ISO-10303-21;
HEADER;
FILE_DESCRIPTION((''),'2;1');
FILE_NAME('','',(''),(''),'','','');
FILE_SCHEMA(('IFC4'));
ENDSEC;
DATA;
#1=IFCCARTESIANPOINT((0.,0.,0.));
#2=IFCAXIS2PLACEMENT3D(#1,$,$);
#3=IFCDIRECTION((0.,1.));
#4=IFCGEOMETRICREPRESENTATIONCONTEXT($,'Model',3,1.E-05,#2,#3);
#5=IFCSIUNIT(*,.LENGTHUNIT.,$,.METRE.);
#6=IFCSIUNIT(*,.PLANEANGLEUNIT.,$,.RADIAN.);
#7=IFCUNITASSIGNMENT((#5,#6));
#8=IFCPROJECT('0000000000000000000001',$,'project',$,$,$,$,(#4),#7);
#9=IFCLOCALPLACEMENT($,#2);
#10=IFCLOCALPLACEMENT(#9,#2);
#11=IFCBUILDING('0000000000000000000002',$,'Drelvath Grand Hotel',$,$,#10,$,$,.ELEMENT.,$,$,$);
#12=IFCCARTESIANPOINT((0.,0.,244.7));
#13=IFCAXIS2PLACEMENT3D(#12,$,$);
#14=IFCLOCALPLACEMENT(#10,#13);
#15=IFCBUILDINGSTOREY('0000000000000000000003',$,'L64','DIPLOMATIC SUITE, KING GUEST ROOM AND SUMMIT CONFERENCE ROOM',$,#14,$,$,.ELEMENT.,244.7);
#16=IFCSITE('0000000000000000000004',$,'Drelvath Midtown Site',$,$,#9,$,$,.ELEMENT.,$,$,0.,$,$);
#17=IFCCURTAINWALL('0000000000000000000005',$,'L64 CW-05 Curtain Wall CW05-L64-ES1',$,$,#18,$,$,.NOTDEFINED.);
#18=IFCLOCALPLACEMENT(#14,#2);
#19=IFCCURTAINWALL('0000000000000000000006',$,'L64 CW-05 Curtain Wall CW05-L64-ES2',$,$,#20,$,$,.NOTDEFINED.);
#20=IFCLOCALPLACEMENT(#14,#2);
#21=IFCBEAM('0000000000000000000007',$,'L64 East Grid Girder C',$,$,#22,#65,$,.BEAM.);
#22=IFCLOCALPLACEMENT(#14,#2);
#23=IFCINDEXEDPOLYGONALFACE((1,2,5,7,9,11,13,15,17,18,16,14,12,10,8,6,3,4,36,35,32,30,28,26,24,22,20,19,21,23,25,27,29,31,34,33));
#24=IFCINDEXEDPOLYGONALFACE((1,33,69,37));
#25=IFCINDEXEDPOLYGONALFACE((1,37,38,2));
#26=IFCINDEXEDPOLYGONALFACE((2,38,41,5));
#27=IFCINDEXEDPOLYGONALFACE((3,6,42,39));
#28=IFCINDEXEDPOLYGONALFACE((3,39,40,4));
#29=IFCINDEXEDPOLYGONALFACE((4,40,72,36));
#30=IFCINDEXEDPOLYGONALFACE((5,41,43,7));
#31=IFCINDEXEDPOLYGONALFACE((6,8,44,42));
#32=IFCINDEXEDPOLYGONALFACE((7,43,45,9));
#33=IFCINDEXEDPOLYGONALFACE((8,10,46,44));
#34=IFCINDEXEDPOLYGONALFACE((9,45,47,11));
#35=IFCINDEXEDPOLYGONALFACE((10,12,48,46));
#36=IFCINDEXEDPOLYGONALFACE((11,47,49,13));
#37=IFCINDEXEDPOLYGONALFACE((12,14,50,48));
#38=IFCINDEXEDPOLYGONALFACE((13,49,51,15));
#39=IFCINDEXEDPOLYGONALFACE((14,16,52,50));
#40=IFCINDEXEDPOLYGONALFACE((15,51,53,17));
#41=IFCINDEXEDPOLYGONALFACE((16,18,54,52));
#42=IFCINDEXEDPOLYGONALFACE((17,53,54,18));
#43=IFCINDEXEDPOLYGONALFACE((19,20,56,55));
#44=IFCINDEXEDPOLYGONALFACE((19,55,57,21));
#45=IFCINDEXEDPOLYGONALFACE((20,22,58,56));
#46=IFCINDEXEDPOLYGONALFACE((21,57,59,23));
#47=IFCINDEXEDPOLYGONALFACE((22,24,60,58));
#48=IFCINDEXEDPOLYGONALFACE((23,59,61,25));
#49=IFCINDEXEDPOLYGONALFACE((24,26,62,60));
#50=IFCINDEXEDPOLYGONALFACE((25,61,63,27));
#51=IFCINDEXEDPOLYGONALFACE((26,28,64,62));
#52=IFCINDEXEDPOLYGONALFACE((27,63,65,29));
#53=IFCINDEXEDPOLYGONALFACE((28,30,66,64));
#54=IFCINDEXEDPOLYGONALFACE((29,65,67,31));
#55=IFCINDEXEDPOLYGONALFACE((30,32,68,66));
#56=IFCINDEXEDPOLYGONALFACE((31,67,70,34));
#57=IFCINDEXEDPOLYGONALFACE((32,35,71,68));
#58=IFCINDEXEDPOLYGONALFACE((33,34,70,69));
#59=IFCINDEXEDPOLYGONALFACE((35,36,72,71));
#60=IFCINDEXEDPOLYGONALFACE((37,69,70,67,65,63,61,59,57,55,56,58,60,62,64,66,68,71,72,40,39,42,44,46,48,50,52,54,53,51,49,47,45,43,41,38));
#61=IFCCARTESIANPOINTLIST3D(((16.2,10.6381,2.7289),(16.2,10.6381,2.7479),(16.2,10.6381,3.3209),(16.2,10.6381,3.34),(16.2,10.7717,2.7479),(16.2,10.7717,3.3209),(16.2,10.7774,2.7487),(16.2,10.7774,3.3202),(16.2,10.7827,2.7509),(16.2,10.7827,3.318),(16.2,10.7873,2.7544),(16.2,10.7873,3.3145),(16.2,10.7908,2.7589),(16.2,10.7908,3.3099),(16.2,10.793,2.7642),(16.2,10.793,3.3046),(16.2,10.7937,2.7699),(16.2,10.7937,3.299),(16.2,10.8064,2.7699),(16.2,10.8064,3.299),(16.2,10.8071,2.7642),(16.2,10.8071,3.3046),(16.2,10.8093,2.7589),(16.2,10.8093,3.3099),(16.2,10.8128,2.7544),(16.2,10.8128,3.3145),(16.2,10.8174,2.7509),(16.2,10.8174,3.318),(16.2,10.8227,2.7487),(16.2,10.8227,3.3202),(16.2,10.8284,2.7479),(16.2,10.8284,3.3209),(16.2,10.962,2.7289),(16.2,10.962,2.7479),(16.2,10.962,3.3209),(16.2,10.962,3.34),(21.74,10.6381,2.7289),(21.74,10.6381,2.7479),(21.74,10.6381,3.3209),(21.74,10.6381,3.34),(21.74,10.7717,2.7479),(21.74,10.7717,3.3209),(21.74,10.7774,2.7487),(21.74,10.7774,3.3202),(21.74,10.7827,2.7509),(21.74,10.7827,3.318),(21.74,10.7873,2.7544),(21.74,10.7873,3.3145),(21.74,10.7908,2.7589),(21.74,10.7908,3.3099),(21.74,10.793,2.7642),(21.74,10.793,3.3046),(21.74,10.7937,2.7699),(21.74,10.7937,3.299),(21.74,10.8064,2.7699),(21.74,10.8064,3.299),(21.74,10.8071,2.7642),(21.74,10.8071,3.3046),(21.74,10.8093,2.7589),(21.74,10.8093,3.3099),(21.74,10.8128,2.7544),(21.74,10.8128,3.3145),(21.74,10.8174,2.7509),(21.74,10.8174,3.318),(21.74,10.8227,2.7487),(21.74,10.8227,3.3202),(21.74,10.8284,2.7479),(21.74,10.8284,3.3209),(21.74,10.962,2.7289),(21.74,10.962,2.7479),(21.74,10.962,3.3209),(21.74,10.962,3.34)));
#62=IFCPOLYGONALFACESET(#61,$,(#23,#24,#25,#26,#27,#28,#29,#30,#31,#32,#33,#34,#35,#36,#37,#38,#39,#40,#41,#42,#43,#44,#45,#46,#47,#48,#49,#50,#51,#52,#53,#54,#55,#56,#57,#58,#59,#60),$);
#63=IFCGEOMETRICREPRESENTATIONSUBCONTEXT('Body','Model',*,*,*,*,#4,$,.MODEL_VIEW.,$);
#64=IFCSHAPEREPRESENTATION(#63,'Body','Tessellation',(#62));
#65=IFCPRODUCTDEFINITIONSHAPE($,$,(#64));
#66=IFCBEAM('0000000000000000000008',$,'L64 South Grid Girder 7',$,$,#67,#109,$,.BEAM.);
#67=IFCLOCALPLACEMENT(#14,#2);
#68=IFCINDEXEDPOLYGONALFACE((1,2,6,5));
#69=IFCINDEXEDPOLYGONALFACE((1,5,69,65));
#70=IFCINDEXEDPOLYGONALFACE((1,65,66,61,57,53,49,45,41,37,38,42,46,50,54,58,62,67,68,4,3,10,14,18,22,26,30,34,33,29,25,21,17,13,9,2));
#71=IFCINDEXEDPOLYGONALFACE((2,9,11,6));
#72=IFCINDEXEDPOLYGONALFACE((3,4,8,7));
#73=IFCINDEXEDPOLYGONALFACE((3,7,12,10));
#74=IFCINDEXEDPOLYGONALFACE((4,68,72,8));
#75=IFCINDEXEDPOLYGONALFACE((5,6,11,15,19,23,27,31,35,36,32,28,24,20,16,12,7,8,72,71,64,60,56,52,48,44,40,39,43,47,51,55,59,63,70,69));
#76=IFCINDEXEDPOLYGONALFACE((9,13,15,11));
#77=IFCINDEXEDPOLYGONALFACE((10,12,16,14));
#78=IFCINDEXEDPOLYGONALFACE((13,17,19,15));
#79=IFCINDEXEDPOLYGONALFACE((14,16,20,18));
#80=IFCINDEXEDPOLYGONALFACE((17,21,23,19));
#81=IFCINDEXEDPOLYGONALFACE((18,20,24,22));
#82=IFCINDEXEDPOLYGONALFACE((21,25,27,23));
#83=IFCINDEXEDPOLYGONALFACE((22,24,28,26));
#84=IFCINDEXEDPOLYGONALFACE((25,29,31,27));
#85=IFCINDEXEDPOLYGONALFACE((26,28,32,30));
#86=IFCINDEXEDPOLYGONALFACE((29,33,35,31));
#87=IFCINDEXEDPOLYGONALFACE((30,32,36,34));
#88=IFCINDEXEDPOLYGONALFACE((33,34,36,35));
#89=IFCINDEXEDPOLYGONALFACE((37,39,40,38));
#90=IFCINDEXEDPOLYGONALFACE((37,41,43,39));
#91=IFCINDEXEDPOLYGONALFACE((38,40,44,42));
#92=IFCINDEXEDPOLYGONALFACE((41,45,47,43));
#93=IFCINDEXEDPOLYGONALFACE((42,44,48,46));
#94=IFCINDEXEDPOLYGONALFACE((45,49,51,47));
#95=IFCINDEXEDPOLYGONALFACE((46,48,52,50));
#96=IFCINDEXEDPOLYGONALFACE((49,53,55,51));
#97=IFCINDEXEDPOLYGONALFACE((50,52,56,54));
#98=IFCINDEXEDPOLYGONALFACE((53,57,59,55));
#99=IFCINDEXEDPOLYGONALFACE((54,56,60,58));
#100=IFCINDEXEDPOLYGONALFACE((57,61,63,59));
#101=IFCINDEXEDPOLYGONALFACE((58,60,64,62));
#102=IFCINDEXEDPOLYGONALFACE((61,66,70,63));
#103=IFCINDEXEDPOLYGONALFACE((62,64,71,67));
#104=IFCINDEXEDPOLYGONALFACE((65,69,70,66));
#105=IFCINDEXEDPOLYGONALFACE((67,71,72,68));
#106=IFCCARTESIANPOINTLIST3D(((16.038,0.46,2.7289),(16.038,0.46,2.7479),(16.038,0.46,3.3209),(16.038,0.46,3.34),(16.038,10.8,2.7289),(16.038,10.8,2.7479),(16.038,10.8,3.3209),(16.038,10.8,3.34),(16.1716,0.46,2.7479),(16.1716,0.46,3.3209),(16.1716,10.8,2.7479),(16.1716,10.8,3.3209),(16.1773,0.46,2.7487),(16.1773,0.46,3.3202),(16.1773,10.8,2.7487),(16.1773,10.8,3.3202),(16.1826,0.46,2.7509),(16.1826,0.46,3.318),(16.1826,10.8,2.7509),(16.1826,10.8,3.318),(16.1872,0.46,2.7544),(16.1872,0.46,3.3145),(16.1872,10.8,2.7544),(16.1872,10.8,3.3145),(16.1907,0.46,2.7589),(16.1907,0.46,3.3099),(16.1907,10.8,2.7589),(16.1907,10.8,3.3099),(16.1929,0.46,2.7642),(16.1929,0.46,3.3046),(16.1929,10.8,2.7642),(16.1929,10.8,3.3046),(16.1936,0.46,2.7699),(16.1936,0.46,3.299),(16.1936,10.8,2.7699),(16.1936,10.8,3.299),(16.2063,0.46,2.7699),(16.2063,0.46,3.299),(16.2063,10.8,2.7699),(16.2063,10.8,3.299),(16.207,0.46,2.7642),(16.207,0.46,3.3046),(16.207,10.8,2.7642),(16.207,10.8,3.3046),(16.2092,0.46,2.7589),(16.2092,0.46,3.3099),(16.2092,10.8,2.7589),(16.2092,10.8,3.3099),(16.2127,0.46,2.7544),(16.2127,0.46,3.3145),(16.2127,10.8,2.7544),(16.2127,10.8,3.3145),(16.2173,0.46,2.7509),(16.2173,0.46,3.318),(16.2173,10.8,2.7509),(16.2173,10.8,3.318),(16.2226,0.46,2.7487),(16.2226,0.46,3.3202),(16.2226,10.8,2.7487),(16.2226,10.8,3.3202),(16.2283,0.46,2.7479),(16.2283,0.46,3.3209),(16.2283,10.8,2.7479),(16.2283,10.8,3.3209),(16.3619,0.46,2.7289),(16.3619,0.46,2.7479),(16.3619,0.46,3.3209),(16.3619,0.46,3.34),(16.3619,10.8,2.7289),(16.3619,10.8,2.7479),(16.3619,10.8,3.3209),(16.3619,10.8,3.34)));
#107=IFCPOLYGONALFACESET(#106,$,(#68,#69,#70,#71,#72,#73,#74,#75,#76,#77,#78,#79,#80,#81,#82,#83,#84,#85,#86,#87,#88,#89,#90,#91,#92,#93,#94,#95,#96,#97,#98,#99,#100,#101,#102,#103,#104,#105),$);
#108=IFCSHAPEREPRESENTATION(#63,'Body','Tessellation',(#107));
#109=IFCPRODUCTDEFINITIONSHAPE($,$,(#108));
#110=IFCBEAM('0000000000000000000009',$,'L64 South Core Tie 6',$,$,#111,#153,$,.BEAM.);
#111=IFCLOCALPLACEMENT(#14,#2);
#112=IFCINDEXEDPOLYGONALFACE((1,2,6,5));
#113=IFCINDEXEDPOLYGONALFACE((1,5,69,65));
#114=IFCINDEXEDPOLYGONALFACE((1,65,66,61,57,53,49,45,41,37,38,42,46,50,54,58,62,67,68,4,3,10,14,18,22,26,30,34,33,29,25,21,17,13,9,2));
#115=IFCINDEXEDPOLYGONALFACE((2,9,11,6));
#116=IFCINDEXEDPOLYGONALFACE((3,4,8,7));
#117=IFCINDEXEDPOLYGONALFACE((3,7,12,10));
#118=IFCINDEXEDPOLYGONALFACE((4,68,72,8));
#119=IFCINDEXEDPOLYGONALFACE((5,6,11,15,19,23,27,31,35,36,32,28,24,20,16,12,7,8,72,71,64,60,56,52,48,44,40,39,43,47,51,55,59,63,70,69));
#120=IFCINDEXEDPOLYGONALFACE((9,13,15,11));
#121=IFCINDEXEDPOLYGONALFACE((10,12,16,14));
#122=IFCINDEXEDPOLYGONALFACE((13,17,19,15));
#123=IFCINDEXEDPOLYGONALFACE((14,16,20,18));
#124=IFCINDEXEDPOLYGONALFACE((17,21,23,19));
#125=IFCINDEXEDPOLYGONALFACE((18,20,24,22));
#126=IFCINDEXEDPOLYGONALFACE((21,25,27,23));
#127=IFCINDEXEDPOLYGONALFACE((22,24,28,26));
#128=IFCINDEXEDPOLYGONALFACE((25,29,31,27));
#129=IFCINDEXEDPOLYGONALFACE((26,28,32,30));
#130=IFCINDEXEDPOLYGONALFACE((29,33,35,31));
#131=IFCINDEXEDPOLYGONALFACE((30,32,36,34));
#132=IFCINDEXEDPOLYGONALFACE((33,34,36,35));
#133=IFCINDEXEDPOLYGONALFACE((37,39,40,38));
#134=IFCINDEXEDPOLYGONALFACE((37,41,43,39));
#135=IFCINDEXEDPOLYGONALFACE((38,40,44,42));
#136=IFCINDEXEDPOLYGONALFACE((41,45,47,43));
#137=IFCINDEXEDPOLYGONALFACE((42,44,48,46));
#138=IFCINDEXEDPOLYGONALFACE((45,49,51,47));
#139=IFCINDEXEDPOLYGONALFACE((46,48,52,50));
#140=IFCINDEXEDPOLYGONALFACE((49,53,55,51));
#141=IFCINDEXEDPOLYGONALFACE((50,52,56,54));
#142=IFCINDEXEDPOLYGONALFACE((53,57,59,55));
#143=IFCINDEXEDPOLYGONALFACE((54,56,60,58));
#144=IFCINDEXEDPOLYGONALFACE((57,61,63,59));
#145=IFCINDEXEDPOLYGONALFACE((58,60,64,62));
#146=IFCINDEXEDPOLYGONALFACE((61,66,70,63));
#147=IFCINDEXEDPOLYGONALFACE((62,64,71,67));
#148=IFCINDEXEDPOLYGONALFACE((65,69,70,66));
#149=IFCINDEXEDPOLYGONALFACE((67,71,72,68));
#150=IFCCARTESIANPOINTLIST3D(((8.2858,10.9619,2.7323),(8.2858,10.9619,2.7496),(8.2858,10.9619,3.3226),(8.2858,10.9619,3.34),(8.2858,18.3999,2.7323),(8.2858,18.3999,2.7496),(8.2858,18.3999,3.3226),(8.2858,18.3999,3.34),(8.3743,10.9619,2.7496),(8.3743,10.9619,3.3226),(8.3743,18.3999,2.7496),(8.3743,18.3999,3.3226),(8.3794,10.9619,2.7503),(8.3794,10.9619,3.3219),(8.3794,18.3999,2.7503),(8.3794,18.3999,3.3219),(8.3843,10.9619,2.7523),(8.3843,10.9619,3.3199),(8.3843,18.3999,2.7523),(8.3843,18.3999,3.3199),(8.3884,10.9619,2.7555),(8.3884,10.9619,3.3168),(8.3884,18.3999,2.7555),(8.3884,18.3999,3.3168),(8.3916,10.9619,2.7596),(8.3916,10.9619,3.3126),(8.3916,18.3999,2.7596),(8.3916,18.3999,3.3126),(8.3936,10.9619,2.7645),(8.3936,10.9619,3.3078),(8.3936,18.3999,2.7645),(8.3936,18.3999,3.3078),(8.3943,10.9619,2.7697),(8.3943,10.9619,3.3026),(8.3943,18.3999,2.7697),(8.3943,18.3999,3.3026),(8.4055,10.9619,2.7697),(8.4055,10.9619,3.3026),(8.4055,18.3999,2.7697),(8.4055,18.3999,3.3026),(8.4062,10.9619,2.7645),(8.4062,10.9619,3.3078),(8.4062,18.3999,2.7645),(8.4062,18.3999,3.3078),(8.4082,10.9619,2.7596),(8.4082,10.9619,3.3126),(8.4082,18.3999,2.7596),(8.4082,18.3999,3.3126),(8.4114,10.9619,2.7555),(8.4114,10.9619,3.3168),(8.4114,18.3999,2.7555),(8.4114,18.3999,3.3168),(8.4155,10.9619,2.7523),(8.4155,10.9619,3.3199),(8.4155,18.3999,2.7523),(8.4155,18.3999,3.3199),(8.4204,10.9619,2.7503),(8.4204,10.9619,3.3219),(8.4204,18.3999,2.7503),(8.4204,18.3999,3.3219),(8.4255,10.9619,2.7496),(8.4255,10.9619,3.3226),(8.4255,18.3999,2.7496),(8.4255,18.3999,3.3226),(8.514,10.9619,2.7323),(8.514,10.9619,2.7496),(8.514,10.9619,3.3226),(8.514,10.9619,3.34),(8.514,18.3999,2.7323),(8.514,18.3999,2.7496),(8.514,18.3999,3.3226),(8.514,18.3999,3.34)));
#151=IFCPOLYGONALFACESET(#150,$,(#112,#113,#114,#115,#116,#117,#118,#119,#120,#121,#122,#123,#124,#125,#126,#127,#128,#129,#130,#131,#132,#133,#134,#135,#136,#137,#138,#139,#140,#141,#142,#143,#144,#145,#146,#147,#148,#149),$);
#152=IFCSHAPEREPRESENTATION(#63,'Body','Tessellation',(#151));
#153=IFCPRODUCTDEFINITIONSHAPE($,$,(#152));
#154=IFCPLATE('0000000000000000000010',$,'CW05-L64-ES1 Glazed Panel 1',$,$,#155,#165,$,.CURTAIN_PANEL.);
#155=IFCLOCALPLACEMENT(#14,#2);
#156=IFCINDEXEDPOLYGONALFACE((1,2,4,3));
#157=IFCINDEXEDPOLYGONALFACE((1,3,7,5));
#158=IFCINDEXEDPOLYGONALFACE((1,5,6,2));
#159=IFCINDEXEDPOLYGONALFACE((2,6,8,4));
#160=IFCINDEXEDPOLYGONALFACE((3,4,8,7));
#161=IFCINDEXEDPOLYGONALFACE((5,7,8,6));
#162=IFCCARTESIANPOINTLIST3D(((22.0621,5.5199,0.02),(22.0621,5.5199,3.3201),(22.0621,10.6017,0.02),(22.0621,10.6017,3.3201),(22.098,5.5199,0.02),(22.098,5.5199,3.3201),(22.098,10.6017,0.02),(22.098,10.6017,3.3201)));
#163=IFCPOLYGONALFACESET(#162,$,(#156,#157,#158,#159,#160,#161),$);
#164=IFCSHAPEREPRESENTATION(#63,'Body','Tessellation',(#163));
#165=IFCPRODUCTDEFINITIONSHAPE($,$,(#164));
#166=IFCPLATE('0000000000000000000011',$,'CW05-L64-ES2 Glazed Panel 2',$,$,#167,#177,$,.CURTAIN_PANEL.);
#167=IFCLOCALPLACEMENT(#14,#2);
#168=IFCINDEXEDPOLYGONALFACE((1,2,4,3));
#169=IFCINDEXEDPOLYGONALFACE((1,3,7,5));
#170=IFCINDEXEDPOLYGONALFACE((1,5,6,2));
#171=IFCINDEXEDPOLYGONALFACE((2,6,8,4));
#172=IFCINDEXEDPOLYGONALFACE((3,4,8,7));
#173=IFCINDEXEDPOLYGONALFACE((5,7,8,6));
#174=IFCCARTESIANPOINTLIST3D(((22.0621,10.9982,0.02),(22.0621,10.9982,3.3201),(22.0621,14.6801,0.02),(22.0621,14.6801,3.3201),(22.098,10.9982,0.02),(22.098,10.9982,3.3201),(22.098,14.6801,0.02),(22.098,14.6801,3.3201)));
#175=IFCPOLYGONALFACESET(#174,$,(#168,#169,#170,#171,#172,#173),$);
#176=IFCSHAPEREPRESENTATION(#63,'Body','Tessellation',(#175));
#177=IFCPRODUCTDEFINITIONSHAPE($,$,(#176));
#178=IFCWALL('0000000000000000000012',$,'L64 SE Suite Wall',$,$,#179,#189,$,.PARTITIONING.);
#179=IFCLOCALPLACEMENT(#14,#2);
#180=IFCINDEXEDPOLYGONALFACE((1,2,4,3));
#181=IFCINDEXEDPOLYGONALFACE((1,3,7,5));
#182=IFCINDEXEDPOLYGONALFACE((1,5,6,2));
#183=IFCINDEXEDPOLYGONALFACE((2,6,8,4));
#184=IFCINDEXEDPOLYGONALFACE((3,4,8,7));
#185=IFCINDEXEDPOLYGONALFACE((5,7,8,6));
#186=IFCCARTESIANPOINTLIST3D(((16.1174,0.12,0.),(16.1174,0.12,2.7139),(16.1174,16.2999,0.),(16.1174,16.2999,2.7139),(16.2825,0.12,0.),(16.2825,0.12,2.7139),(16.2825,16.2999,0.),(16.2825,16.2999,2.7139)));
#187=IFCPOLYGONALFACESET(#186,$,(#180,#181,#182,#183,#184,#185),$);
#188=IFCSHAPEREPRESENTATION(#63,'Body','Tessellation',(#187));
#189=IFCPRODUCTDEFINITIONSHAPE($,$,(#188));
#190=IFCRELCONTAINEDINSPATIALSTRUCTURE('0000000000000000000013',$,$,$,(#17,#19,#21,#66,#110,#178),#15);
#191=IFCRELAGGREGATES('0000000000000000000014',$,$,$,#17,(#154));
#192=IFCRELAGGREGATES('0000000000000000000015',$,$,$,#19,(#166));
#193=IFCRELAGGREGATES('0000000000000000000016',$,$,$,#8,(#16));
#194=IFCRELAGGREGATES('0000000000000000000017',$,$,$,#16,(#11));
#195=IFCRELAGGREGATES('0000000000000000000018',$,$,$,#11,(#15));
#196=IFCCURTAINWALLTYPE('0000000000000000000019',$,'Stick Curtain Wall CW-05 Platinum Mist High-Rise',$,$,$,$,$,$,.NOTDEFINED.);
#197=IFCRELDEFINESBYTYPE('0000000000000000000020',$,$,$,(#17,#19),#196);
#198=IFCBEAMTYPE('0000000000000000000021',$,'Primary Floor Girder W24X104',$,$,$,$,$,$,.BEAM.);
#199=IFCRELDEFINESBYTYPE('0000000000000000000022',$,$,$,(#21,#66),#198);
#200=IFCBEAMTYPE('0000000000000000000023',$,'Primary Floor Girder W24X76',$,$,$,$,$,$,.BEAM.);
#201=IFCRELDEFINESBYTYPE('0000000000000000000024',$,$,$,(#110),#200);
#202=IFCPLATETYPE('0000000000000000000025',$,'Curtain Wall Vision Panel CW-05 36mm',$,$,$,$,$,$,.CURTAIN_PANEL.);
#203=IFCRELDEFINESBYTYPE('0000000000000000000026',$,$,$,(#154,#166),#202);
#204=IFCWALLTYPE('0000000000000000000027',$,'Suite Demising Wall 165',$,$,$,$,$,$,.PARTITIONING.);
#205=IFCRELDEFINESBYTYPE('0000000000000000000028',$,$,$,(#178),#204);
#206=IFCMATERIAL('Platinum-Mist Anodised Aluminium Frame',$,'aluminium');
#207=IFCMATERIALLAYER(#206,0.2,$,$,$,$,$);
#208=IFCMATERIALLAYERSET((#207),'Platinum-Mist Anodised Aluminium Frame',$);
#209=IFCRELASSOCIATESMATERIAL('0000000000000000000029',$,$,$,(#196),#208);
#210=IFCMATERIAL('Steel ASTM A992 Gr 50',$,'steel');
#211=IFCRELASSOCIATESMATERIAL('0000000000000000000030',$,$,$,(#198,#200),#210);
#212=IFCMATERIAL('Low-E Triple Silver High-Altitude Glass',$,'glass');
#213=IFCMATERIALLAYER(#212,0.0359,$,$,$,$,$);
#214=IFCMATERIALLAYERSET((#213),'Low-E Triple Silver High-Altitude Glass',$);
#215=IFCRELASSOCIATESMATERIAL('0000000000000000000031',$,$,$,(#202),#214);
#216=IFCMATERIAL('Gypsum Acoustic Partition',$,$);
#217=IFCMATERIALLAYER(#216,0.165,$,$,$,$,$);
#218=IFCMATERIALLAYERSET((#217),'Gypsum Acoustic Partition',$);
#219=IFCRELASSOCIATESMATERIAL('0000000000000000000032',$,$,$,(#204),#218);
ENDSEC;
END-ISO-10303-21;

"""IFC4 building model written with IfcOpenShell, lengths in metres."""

from ifc_helpers import new_model, si_unit, direction, frame, frame_2d, origin, origin_2d, place, context, subcontext, project, spatial, rectangle, i_section, extrude, material, layer, layer_set, material_profile, profile_set, type_object, element, aggregate, save


model = new_model("IFC4")

# Units and contexts
model_context = context("Model", 3, precision=1e-05, world=origin(), true_north=direction((0.0, 1.0)))
body_context = subcontext(model_context, "Body", "Model", "MODEL_VIEW")
ifc_project = project(units=[si_unit("LENGTHUNIT", "METRE"), si_unit("PLANEANGLEUNIT", "RADIAN")], contexts=[model_context])

# Site, building, storey
site_placement = place(None, origin())
site = spatial("IfcSite", under=ifc_project, at=site_placement, Name="Drelvath Midtown Site", CompositionType="ELEMENT", RefElevation=0.0)
building_placement = place(site_placement, origin())
building = spatial("IfcBuilding", under=site, at=building_placement, Name="Drelvath Grand Hotel", CompositionType="ELEMENT")
storey_placement = place(building_placement, frame((0.0, 0.0, 244.7)))
storey = spatial("IfcBuildingStorey", under=building, at=storey_placement, Name="L64", Description="DIPLOMATIC SUITE, KING GUEST ROOM AND SUMMIT CONFERENCE ROOM", CompositionType="ELEMENT", Elevation=244.7)

# Shared definitions
ifc_material_1 = material(Name="Steel ASTM A992 Gr 50", Category="steel")

# Curtain wall
ifc_material_2 = material(Name="Platinum-Mist Anodised Aluminium Frame", Category="aluminium")
ifc_layer_1 = layer(ifc_material_2, 0.2)
ifc_layer_set_1 = layer_set([ifc_layer_1], Name="Platinum-Mist Anodised Aluminium Frame")
curtain_wall_type = type_object("IfcCurtainWallType", Name="Stick Curtain Wall CW-05 Platinum Mist High-Rise", PredefinedType="NOTDEFINED", material=ifc_layer_set_1)
curtain_wall_1_placement = place(storey_placement, origin())
curtain_wall_1 = element("IfcCurtainWall", 1, at=curtain_wall_1_placement, inside=storey, type_object=curtain_wall_type, Name="L64 CW-05 Curtain Wall CW05-L64-ES1", PredefinedType="NOTDEFINED")

# Curtain wall
curtain_wall_2_placement = place(storey_placement, origin())
curtain_wall_2 = element("IfcCurtainWall", 2, at=curtain_wall_2_placement, inside=storey, type_object=curtain_wall_type, Name="L64 CW-05 Curtain Wall CW05-L64-ES2", PredefinedType="NOTDEFINED")

# Beams
ifc_material_profile_1 = material_profile(ifc_material_1, i_section(OverallWidth=0.324, OverallDepth=0.6111, WebThickness=0.0127, FlangeThickness=0.019, FilletRadius=0.022, at=origin_2d()), Name="W24X104")
ifc_profile_set_1 = profile_set([ifc_material_profile_1], Name="Steel ASTM A992 Gr 50")
beam_type_1 = type_object("IfcBeamType", Name="Primary Floor Girder W24X104", PredefinedType="BEAM", material=ifc_profile_set_1)
beam_1_placement = place(storey_placement, frame((16.2, 10.8, 3.0344), z_axis=(1.0, 0.0, 0.0), x_axis=(0.0, 1.0, 0.0)))
element("IfcBeam", 3, at=beam_1_placement, inside=storey, type_object=beam_type_1, Name="L64 East Grid Girder C", PredefinedType="BEAM", context=body_context, shape_type="SweptSolid", body=[
    extrude(i_section(OverallWidth=0.324, OverallDepth=0.6111, WebThickness=0.0127, FlangeThickness=0.019, FilletRadius=0.022, at=origin_2d()), origin(), (0.0, 0.0, 1.0), 5.54),
])
beam_2_placement = place(storey_placement, frame((16.2, 0.46, 3.0344), z_axis=(0.0, 1.0, 0.0), x_axis=(-1.0, 0.0, 0.0)))
element("IfcBeam", 4, at=beam_2_placement, inside=storey, type_object=beam_type_1, Name="L64 South Grid Girder 7", PredefinedType="BEAM", context=body_context, shape_type="SweptSolid", body=[
    extrude(i_section(OverallWidth=0.324, OverallDepth=0.6111, WebThickness=0.0127, FlangeThickness=0.019, FilletRadius=0.022, at=origin_2d()), origin(), (0.0, 0.0, 1.0), 10.3401),
])
ifc_material_profile_2 = material_profile(ifc_material_1, i_section(OverallWidth=0.2283, OverallDepth=0.6077, WebThickness=0.0112, FlangeThickness=0.0173, FilletRadius=0.02, at=origin_2d()), Name="W24X76")
ifc_profile_set_2 = profile_set([ifc_material_profile_2], Name="Steel ASTM A992 Gr 50")
beam_type_2 = type_object("IfcBeamType", Name="Primary Floor Girder W24X76", PredefinedType="BEAM", material=ifc_profile_set_2)
beam_3_placement = place(storey_placement, frame((8.3999, 10.9619, 3.0361), z_axis=(0.0, 1.0, 0.0), x_axis=(-1.0, 0.0, 0.0)))
element("IfcBeam", 5, at=beam_3_placement, inside=storey, type_object=beam_type_2, Name="L64 South Core Tie 6", PredefinedType="BEAM", context=body_context, shape_type="SweptSolid", body=[
    extrude(i_section(OverallWidth=0.2283, OverallDepth=0.6077, WebThickness=0.0112, FlangeThickness=0.0173, FilletRadius=0.02, at=origin_2d()), origin(), (0.0, 0.0, 1.0), 7.438),
])

# Plates
ifc_material_3 = material(Name="Low-E Triple Silver High-Altitude Glass", Category="glass")
ifc_layer_2 = layer(ifc_material_3, 0.0359)
ifc_layer_set_2 = layer_set([ifc_layer_2], Name="Low-E Triple Silver High-Altitude Glass")
plate_type = type_object("IfcPlateType", Name="Curtain Wall Vision Panel CW-05 36mm", PredefinedType="CURTAIN_PANEL", material=ifc_layer_set_2)
plate_1_placement = place(storey_placement, frame((22.0801, 8.0608, 0.02), z_axis=(0.0, 0.0, 1.0), x_axis=(0.0, -1.0, 0.0)))
plate_1 = element("IfcPlate", 6, at=plate_1_placement, type_object=plate_type, Name="CW05-L64-ES1 Glazed Panel 1", PredefinedType="CURTAIN_PANEL", context=body_context, shape_type="SweptSolid", body=[
    extrude(rectangle(XDim=5.0818, YDim=0.0359, at=origin_2d()), origin(), (0.0, 0.0, 1.0), 3.3),
])
aggregate(curtain_wall_1, [plate_1])
plate_2_placement = place(storey_placement, frame((22.0801, 12.8391, 0.02), z_axis=(0.0, 0.0, 1.0), x_axis=(0.0, -1.0, 0.0)))
plate_2 = element("IfcPlate", 7, at=plate_2_placement, type_object=plate_type, Name="CW05-L64-ES2 Glazed Panel 2", PredefinedType="CURTAIN_PANEL", context=body_context, shape_type="SweptSolid", body=[
    extrude(rectangle(XDim=3.6819, YDim=0.0359, at=origin_2d()), origin(), (0.0, 0.0, 1.0), 3.3),
])
aggregate(curtain_wall_2, [plate_2])

# Wall
ifc_material_4 = material(Name="Gypsum Acoustic Partition")
ifc_layer_3 = layer(ifc_material_4, 0.165)
ifc_layer_set_3 = layer_set([ifc_layer_3], Name="Gypsum Acoustic Partition")
wall_type_1 = type_object("IfcWallType", Name="Suite Demising Wall 165", PredefinedType="PARTITIONING", material=ifc_layer_set_3)
wall_1_placement = place(storey_placement, frame((16.2, 0.1201, 0.0), z_axis=(0.0, 0.0, 1.0), x_axis=(0.0, 1.0, 0.0)))
element("IfcWall", 8, at=wall_1_placement, inside=storey, type_object=wall_type_1, Name="L64 SE Suite Wall", PredefinedType="PARTITIONING", context=body_context, shape_type="SweptSolid", body=[
    extrude(rectangle(XDim=16.1799, YDim=0.165, at=frame_2d((8.0898, 0.0))), origin(), (0.0, 0.0, 1.0), 2.7139),
])

save(model, "model.ifc")
